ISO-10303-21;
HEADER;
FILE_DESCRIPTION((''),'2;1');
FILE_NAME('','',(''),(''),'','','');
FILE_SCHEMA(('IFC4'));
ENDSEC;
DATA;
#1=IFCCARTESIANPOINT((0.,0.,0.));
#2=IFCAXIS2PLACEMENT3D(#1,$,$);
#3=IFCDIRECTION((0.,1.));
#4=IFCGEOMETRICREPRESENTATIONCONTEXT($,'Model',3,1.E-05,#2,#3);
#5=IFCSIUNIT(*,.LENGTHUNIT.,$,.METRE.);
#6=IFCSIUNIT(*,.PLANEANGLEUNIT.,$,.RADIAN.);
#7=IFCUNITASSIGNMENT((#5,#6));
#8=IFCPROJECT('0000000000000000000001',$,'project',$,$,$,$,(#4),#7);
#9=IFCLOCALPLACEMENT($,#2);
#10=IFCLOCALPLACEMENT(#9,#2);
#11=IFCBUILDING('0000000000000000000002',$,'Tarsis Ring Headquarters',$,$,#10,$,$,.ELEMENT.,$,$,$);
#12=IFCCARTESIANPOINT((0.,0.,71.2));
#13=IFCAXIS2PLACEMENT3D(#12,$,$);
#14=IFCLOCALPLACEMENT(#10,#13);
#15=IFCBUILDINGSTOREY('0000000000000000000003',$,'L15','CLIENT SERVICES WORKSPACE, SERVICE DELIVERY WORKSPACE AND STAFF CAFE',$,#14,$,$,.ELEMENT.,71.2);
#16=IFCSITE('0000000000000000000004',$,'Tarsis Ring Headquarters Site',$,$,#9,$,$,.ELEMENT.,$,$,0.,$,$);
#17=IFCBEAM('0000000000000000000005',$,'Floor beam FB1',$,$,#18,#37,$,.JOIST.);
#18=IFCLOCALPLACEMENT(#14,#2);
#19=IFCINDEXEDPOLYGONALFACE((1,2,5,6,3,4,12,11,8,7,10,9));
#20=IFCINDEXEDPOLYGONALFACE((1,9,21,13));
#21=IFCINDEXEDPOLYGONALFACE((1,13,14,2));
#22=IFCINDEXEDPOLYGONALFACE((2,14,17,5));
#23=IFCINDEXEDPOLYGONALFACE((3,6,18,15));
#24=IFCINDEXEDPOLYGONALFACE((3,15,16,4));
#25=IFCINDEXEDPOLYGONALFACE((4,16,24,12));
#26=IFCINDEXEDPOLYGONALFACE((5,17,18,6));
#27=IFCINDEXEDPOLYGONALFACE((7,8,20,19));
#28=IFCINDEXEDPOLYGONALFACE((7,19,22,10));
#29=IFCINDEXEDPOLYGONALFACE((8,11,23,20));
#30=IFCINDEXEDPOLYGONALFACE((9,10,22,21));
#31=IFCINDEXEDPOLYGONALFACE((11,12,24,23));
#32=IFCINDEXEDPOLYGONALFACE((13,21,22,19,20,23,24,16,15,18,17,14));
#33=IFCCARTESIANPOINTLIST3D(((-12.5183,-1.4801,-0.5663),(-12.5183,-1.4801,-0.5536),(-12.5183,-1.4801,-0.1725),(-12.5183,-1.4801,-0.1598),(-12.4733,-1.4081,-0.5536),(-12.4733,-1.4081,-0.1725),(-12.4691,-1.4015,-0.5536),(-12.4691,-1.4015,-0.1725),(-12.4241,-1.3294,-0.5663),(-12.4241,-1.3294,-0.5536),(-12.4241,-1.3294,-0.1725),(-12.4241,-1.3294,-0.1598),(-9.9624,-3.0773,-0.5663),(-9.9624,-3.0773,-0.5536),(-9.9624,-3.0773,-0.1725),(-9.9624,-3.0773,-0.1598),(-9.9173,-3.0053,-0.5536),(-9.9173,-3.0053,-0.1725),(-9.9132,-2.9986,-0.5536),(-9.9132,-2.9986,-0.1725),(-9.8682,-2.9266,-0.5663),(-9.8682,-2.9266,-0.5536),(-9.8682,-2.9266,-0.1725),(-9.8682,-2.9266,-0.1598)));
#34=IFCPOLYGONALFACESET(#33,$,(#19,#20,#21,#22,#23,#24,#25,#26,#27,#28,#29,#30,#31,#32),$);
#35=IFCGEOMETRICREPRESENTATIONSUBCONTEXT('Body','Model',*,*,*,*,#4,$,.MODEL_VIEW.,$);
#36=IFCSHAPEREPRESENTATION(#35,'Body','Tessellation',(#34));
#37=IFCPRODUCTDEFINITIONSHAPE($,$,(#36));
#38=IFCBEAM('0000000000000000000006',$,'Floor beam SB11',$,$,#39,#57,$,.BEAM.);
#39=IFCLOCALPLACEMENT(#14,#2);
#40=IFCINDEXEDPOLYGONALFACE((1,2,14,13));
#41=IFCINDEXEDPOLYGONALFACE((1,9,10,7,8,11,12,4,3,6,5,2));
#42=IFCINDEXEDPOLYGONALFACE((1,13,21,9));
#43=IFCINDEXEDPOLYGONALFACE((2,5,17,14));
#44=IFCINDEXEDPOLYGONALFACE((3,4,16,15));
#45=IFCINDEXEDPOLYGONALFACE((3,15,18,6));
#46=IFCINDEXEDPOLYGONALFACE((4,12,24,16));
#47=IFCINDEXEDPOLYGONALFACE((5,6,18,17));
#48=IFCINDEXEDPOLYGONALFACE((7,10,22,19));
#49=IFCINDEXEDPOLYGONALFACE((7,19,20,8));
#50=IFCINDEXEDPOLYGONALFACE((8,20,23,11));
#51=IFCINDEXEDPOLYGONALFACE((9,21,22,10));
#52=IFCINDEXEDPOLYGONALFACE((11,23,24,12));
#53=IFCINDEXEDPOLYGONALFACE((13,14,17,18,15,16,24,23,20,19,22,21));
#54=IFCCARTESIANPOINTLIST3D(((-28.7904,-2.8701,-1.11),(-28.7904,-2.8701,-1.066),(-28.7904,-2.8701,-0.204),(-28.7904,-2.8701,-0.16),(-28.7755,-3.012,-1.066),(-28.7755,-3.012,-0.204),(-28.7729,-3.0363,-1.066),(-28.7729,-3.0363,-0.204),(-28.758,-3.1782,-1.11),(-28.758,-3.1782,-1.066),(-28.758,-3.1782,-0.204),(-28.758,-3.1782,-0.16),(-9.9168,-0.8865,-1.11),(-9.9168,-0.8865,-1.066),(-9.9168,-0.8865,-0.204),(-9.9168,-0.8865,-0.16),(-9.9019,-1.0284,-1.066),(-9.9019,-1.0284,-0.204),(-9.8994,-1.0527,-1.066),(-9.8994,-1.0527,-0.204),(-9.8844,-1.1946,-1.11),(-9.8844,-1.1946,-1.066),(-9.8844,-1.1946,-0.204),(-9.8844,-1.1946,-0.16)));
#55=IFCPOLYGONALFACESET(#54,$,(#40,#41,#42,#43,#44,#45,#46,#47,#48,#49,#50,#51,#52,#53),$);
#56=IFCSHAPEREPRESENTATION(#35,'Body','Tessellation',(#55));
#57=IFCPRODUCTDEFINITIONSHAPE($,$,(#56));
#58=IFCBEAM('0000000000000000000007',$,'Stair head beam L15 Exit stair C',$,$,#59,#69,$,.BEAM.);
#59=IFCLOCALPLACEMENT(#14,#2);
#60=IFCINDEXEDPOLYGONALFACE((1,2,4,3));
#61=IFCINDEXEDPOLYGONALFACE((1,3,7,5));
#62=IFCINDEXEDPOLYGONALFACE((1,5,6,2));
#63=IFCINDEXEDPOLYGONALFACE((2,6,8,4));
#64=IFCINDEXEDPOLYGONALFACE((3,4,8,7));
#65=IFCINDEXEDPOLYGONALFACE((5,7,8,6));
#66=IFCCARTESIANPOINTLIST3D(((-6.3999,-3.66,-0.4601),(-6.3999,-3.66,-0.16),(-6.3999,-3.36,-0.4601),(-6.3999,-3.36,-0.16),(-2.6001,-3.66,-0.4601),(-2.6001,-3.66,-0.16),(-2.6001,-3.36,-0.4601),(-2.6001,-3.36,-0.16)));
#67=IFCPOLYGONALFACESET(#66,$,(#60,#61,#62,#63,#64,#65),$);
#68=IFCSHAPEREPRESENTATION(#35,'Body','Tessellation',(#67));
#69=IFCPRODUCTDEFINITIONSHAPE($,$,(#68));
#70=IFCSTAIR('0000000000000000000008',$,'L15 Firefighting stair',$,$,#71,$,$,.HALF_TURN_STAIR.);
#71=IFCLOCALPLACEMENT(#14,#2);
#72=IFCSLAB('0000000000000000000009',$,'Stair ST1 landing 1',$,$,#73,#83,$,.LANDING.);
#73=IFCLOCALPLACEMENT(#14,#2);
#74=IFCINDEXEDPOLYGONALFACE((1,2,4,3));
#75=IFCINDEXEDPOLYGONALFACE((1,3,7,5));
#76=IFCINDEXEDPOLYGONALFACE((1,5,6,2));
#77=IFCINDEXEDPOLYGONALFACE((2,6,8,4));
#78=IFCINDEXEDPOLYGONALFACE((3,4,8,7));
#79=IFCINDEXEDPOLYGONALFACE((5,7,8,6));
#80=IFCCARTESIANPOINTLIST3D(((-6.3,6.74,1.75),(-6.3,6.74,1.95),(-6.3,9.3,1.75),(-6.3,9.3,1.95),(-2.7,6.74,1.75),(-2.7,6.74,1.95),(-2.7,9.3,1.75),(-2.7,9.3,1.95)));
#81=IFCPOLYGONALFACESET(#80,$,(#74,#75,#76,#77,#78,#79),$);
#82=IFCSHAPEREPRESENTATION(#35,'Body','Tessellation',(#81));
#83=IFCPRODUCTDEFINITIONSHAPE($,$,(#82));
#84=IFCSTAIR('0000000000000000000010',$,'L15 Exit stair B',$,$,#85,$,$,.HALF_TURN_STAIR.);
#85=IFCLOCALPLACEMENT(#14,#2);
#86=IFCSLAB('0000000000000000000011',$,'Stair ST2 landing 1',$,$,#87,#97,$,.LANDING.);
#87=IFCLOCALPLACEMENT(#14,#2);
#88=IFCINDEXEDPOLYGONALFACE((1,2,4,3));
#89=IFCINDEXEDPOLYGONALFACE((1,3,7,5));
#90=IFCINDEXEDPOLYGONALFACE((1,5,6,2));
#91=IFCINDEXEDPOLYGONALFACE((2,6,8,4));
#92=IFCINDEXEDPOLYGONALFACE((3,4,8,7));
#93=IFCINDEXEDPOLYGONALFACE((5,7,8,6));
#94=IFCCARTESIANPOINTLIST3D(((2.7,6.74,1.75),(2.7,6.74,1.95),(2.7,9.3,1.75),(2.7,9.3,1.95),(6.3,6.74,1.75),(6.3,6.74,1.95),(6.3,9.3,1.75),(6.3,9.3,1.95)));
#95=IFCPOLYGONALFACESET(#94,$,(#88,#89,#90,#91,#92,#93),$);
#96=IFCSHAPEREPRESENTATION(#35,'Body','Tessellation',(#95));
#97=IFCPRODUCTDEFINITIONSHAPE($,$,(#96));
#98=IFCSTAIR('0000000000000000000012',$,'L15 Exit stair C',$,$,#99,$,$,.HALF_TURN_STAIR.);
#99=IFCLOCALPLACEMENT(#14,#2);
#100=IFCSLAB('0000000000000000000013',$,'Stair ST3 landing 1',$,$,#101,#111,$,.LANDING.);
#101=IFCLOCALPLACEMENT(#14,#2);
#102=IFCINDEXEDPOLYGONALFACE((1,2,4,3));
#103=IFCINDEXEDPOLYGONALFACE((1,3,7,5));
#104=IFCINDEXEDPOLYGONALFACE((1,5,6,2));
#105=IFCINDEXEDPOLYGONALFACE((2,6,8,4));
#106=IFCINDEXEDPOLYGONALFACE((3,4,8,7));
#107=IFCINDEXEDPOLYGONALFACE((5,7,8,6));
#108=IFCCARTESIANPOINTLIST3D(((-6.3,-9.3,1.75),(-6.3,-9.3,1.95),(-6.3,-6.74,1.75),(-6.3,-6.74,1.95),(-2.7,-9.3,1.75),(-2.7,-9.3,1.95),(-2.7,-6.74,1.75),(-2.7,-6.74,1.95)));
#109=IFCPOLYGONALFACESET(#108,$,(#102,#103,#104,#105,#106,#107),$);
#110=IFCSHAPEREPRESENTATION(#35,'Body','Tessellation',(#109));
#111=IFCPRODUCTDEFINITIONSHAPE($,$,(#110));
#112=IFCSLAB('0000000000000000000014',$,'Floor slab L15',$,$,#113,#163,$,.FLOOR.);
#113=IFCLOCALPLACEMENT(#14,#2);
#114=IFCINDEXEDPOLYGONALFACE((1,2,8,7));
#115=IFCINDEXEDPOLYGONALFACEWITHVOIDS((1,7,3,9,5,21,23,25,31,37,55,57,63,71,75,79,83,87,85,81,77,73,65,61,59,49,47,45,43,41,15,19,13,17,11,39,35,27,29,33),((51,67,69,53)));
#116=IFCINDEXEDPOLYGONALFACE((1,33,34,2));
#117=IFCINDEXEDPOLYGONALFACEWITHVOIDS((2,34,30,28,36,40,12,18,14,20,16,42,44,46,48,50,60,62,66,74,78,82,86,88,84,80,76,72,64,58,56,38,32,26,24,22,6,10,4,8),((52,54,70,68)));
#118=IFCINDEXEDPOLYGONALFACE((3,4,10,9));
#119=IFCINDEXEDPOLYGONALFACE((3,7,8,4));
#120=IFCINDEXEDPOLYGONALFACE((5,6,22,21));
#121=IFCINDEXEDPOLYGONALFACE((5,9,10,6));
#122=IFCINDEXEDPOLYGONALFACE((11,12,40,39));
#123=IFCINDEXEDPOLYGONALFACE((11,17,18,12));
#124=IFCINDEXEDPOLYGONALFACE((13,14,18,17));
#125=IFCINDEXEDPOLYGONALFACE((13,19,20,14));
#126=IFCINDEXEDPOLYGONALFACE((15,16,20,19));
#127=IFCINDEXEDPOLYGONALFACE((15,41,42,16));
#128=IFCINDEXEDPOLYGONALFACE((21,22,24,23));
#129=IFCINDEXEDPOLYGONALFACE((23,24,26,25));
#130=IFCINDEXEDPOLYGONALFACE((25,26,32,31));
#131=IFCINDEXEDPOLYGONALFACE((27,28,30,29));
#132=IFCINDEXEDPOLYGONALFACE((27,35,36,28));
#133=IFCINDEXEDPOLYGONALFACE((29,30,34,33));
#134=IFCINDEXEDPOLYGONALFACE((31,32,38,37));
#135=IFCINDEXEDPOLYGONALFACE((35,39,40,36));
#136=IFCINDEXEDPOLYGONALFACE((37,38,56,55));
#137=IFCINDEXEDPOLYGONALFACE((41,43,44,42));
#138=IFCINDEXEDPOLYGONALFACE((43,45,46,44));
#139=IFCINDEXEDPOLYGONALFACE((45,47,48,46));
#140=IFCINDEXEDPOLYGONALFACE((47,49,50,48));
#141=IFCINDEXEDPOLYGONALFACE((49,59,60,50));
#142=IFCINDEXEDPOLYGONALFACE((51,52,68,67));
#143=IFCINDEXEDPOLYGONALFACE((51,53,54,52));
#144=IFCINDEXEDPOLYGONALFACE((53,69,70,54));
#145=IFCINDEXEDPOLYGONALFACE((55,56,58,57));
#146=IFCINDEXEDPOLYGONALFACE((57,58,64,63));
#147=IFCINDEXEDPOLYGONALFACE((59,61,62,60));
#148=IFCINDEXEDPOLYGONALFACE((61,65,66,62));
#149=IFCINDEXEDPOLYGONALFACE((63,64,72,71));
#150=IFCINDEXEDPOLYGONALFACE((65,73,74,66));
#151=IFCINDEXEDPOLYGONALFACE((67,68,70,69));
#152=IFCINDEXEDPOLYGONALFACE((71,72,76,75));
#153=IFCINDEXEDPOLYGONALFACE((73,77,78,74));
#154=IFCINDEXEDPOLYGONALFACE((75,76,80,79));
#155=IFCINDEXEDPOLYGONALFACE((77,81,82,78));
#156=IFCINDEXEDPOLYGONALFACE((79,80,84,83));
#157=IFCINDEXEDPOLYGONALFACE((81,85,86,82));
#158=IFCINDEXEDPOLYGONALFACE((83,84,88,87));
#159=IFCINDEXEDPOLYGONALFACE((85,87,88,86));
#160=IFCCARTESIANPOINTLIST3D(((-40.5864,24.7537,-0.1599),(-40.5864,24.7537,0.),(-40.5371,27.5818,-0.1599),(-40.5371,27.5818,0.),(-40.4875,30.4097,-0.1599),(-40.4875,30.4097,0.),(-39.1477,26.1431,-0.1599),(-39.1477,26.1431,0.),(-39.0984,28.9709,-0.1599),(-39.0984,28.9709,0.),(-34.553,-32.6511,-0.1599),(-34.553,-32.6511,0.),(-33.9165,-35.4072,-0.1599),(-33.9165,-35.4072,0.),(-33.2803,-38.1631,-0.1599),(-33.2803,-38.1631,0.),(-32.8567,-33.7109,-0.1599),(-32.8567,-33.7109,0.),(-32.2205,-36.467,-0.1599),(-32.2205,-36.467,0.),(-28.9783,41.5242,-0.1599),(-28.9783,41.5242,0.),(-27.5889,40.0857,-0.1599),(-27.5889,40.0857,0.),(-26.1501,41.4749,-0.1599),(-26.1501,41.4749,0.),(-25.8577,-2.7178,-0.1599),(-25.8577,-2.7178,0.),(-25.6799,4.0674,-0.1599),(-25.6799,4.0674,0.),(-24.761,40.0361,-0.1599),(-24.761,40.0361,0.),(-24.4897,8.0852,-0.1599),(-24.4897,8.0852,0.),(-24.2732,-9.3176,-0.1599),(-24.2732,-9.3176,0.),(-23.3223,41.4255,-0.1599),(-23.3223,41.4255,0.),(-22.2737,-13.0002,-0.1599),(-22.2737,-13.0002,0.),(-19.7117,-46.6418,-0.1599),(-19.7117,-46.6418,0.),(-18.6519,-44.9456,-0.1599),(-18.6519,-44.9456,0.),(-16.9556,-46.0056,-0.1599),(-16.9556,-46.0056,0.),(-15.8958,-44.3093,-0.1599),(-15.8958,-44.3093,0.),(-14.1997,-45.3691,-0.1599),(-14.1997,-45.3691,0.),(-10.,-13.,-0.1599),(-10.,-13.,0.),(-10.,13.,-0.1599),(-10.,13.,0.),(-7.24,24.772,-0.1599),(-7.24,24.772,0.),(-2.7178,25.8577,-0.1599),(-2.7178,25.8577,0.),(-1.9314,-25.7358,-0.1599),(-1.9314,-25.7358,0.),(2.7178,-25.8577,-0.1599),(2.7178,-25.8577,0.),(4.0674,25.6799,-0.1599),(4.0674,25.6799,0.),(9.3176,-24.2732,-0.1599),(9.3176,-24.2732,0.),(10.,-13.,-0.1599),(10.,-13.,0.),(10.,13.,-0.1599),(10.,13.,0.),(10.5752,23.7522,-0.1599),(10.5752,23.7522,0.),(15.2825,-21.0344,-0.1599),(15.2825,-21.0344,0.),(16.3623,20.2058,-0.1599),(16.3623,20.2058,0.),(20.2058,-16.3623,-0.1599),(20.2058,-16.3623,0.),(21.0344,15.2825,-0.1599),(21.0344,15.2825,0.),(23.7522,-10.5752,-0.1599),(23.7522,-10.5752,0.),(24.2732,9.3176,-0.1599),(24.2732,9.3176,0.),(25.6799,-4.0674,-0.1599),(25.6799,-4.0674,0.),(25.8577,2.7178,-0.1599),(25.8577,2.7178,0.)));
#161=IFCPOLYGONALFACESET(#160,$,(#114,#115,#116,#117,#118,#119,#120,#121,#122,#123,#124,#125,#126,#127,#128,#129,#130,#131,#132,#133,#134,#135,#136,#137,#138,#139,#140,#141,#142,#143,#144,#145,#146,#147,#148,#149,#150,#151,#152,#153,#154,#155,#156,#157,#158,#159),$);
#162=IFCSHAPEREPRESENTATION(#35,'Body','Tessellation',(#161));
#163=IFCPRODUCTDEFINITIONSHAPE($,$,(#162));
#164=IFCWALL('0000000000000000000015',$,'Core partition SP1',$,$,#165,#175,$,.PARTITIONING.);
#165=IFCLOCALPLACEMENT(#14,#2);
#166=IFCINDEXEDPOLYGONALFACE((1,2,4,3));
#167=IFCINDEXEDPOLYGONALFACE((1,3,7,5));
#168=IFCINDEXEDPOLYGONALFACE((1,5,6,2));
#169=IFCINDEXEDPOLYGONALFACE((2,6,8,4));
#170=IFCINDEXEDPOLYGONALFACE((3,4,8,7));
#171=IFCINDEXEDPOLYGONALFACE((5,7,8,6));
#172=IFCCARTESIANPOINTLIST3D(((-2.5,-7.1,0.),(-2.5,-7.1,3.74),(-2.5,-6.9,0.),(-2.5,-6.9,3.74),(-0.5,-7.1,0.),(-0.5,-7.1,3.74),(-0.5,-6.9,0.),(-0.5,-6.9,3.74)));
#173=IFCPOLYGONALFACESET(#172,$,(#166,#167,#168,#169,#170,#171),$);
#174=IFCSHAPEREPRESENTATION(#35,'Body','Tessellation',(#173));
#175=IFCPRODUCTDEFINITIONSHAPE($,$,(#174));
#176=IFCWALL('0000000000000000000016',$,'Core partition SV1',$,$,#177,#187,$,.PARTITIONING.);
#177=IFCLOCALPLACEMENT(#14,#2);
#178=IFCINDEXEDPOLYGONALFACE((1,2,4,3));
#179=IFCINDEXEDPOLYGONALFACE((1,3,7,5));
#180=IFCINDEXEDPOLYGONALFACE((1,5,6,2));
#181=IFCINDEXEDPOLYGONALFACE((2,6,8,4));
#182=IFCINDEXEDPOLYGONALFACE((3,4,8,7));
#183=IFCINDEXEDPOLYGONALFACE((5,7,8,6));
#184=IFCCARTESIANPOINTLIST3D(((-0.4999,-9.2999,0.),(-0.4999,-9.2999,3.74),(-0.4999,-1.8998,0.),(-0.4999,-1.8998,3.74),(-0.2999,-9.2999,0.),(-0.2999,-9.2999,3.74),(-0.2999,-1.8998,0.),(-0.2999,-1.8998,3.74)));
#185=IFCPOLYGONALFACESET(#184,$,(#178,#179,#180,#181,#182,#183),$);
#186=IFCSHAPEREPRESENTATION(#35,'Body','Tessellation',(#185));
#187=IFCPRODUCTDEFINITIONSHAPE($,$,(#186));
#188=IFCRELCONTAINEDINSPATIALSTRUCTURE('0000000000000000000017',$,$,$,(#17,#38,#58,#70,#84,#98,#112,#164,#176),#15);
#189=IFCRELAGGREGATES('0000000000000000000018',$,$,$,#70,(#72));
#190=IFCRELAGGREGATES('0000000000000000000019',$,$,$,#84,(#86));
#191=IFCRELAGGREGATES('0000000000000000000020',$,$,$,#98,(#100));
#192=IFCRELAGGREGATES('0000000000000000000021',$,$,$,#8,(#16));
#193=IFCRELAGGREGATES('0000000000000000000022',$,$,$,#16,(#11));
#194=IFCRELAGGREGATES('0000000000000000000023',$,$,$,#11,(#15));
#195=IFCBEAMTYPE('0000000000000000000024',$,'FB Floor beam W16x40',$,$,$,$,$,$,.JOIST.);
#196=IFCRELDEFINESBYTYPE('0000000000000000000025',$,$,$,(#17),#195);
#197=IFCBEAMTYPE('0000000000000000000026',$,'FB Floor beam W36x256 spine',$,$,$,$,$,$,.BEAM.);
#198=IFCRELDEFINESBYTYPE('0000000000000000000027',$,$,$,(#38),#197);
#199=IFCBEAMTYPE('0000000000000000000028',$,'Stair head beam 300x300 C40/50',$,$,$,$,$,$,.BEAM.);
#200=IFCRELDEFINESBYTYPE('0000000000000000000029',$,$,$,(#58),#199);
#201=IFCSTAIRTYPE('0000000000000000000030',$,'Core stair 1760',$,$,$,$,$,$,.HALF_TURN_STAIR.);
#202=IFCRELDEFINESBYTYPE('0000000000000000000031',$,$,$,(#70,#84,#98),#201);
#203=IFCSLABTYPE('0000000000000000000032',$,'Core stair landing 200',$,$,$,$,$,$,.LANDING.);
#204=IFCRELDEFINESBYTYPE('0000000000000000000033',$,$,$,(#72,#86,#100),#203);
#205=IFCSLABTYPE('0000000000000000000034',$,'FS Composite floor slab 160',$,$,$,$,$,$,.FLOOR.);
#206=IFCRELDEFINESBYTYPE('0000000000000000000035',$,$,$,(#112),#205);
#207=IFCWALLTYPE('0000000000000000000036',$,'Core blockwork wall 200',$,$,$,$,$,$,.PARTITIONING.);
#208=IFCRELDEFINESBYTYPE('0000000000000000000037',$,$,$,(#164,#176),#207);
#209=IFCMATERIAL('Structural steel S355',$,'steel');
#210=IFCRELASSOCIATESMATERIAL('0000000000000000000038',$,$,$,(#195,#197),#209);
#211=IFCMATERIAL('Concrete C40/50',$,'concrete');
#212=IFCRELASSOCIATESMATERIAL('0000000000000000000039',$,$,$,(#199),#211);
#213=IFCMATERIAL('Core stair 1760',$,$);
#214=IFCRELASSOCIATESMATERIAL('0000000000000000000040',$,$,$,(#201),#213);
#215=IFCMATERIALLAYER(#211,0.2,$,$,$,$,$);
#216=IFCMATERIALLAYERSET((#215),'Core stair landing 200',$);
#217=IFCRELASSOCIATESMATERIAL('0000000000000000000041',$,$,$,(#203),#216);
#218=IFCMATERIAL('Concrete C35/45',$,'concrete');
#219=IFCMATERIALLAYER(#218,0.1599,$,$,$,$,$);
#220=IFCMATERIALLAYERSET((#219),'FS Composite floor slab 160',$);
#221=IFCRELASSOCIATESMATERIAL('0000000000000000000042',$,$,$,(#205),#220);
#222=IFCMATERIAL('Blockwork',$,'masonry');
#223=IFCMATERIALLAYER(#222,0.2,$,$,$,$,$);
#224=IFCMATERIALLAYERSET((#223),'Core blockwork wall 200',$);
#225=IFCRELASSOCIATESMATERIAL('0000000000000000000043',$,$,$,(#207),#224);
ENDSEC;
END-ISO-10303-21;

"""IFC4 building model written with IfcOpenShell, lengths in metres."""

from ifc_helpers import new_model, si_unit, direction, frame, frame_2d, origin, origin_2d, place, context, subcontext, project, spatial, polyline, rectangle, i_section, outline, extrude, material, layer, layer_set, material_profile, profile_set, type_object, element, aggregate, save


model = new_model("IFC4")

# Units and contexts
model_context = context("Model", 3, precision=1e-05, world=origin(), true_north=direction((0.0, 1.0)))
body_context = subcontext(model_context, "Body", "Model", "MODEL_VIEW")
ifc_project = project(units=[si_unit("LENGTHUNIT", "METRE"), si_unit("PLANEANGLEUNIT", "RADIAN")], contexts=[model_context])

# Site, building, storey
site_placement = place(None, origin())
site = spatial("IfcSite", under=ifc_project, at=site_placement, Name="Tarsis Ring Headquarters Site", CompositionType="ELEMENT", RefElevation=0.0)
building_placement = place(site_placement, origin())
building = spatial("IfcBuilding", under=site, at=building_placement, Name="Tarsis Ring Headquarters", CompositionType="ELEMENT")
storey_placement = place(building_placement, frame((0.0, 0.0, 71.2)))
storey = spatial("IfcBuildingStorey", under=building, at=storey_placement, Name="L15", Description="CLIENT SERVICES WORKSPACE, SERVICE DELIVERY WORKSPACE AND STAFF CAFE", CompositionType="ELEMENT", Elevation=71.2)

# Beams
ifc_material_1 = material(Name="Structural steel S355", Category="steel")
ifc_material_profile_1 = material_profile(ifc_material_1, i_section(OverallWidth=0.1777, OverallDepth=0.4065, WebThickness=0.0078, FlangeThickness=0.0127, at=origin_2d()), Name="W16x40")
ifc_profile_set_1 = profile_set([ifc_material_profile_1], Name="Structural steel S355")
beam_type_1 = type_object("IfcBeamType", Name="FB Floor beam W16x40", PredefinedType="JOIST", material=ifc_profile_set_1)
beam_1_placement = place(storey_placement, frame((-12.4712, -1.4048, -0.363), z_axis=(0.848039, -0.529933, 0.0), x_axis=(0.529933, 0.848039, 0.0)))
element("IfcBeam", 1, at=beam_1_placement, inside=storey, type_object=beam_type_1, Name="Floor beam FB1", PredefinedType="JOIST", context=body_context, shape_type="SweptSolid", body=[
    extrude(i_section(OverallWidth=0.1777, OverallDepth=0.4065, WebThickness=0.0078, FlangeThickness=0.0127, at=origin_2d()), origin(), (0.0, 0.0, 1.0), 3.0139),
])
ifc_material_profile_2 = material_profile(ifc_material_1, i_section(OverallWidth=0.3098, OverallDepth=0.95, WebThickness=0.0244, FlangeThickness=0.0439, at=origin_2d()), Name="W36x256")
ifc_profile_set_2 = profile_set([ifc_material_profile_2], Name="Structural steel S355")
beam_type_2 = type_object("IfcBeamType", Name="FB Floor beam W36x256 spine", PredefinedType="BEAM", material=ifc_profile_set_2)
beam_2_placement = place(storey_placement, frame((-9.9006, -1.0405, -0.635), z_axis=(-0.994522, -0.104526, 0.0), x_axis=(0.104526, -0.994522, 0.0)))
element("IfcBeam", 2, at=beam_2_placement, inside=storey, type_object=beam_type_2, Name="Floor beam SB11", PredefinedType="BEAM", context=body_context, shape_type="SweptSolid", body=[
    extrude(i_section(OverallWidth=0.3098, OverallDepth=0.95, WebThickness=0.0244, FlangeThickness=0.0439, at=origin_2d()), origin(), (0.0, 0.0, 1.0), 18.9775),
])
ifc_material_2 = material(Name="Concrete C40/50", Category="concrete")
ifc_material_profile_3 = material_profile(ifc_material_2, rectangle(XDim=0.3, YDim=0.3, at=origin_2d()), Name="Stair head beam 300x300 C40/50")
ifc_profile_set_3 = profile_set([ifc_material_profile_3], Name="Concrete C40/50")
beam_type_3 = type_object("IfcBeamType", Name="Stair head beam 300x300 C40/50", PredefinedType="BEAM", material=ifc_profile_set_3)
beam_3_placement = place(storey_placement, frame((-6.3999, -3.51, -0.3101), z_axis=(1.0, 0.0, 0.0), x_axis=(0.0, 1.0, 0.0)))
element("IfcBeam", 3, at=beam_3_placement, inside=storey, type_object=beam_type_3, Name="Stair head beam L15 Exit stair C", PredefinedType="BEAM", context=body_context, shape_type="SweptSolid", body=[
    extrude(rectangle(XDim=0.3, YDim=0.3, at=origin_2d()), origin(), (0.0, 0.0, 1.0), 3.7998),
])

# Stairs, slabs
ifc_material_3 = material(Name="Core stair 1760")
stair_type = type_object("IfcStairType", Name="Core stair 1760", PredefinedType="HALF_TURN_STAIR", material=ifc_material_3)
stair_1_placement = place(storey_placement, origin())
stair_1 = element("IfcStair", 4, at=stair_1_placement, inside=storey, type_object=stair_type, Name="L15 Firefighting stair", PredefinedType="HALF_TURN_STAIR")
ifc_layer_1 = layer(ifc_material_2, 0.2)
ifc_layer_set_1 = layer_set([ifc_layer_1], Name="Core stair landing 200")
slab_type_1 = type_object("IfcSlabType", Name="Core stair landing 200", PredefinedType="LANDING", material=ifc_layer_set_1)
slab_1_placement = place(storey_placement, frame((0.0, 0.0, 1.75)))
slab_1 = element("IfcSlab", 5, at=slab_1_placement, type_object=slab_type_1, Name="Stair ST1 landing 1", PredefinedType="LANDING", context=body_context, shape_type="SweptSolid", body=[
    extrude(outline(polyline([(-2.7, 6.74), (-2.7, 9.3), (-6.3, 9.3), (-6.3, 6.74), (-2.7, 6.74)])), origin(), (0.0, 0.0, 1.0), 0.2),
])
aggregate(stair_1, [slab_1])
stair_2_placement = place(storey_placement, origin())
stair_2 = element("IfcStair", 6, at=stair_2_placement, inside=storey, type_object=stair_type, Name="L15 Exit stair B", PredefinedType="HALF_TURN_STAIR")
slab_2_placement = place(storey_placement, frame((0.0, 0.0, 1.75)))
slab_2 = element("IfcSlab", 7, at=slab_2_placement, type_object=slab_type_1, Name="Stair ST2 landing 1", PredefinedType="LANDING", context=body_context, shape_type="SweptSolid", body=[
    extrude(outline(polyline([(6.3, 6.74), (6.3, 9.3), (2.7, 9.3), (2.7, 6.74), (6.3, 6.74)])), origin(), (0.0, 0.0, 1.0), 0.2),
])
aggregate(stair_2, [slab_2])
stair_3_placement = place(storey_placement, origin())
stair_3 = element("IfcStair", 8, at=stair_3_placement, inside=storey, type_object=stair_type, Name="L15 Exit stair C", PredefinedType="HALF_TURN_STAIR")
slab_3_placement = place(storey_placement, frame((0.0, 0.0, 1.75)))
slab_3 = element("IfcSlab", 9, at=slab_3_placement, type_object=slab_type_1, Name="Stair ST3 landing 1", PredefinedType="LANDING", context=body_context, shape_type="SweptSolid", body=[
    extrude(outline(polyline([(-6.3, -6.74), (-6.3, -9.3), (-2.7, -9.3), (-2.7, -6.74), (-6.3, -6.74)])), origin(), (0.0, 0.0, 1.0), 0.2),
])
aggregate(stair_3, [slab_3])

# Slab
ifc_material_4 = material(Name="Concrete C35/45", Category="concrete")
ifc_layer_2 = layer(ifc_material_4, 0.1599)
ifc_layer_set_2 = layer_set([ifc_layer_2], Name="FS Composite floor slab 160")
slab_type_2 = type_object("IfcSlabType", Name="FS Composite floor slab 160", PredefinedType="FLOOR", material=ifc_layer_set_2)
slab_4_placement = place(storey_placement, frame((0.0, 0.0, -0.1599)))
element("IfcSlab", 10, at=slab_4_placement, inside=storey, type_object=slab_type_2, Name="Floor slab L15", PredefinedType="FLOOR", context=body_context, shape_type="SweptSolid", body=[
    extrude(outline(polyline([(-24.4897, 8.0852), (-25.6799, 4.0674), (-25.8577, -2.7178), (-24.2732, -9.3176), (-22.2737, -13.0002), (-34.553, -32.6511), (-32.8567, -33.7109), (-33.9165, -35.4072), (-32.2205, -36.467), (-33.2803, -38.1631), (-19.7117, -46.6418), (-18.6519, -44.9456), (-16.9556, -46.0056), (-15.8958, -44.3093), (-14.1997, -45.3691), (-1.9314, -25.7358), (2.7178, -25.8577), (9.3176, -24.2732), (15.2825, -21.0344), (20.2058, -16.3623), (23.7522, -10.5752), (25.6799, -4.0674), (25.8577, 2.7178), (24.2732, 9.3176), (21.0344, 15.2825), (16.3623, 20.2058), (10.5752, 23.7522), (4.0674, 25.6799), (-2.7178, 25.8577), (-7.24, 24.772), (-23.3223, 41.4255), (-24.761, 40.0361), (-26.1501, 41.4749), (-27.5889, 40.0857), (-28.9783, 41.5242), (-40.4875, 30.4097), (-39.0984, 28.9709), (-40.5371, 27.5818), (-39.1477, 26.1431), (-40.5864, 24.7537), (-24.4897, 8.0852)]), holes=[polyline([(-10.0, -13.0), (-10.0, 13.0), (10.0, 13.0), (10.0, -13.0), (-10.0, -13.0)])]), origin(), (0.0, 0.0, 1.0), 0.1599),
])

# Walls
ifc_material_5 = material(Name="Blockwork", Category="masonry")
ifc_layer_3 = layer(ifc_material_5, 0.2)
ifc_layer_set_3 = layer_set([ifc_layer_3], Name="Core blockwork wall 200")
wall_type_1 = type_object("IfcWallType", Name="Core blockwork wall 200", PredefinedType="PARTITIONING", material=ifc_layer_set_3)
wall_1_placement = place(storey_placement, frame((-2.5, -7.0, 0.0), z_axis=(0.0, 0.0, 1.0), x_axis=(1.0, 0.0, 0.0)))
element("IfcWall", 11, at=wall_1_placement, inside=storey, type_object=wall_type_1, Name="Core partition SP1", PredefinedType="PARTITIONING", context=body_context, shape_type="SweptSolid", body=[
    extrude(rectangle(XDim=2.0, YDim=0.2, at=frame_2d((1.0, 0.0))), origin(), (0.0, 0.0, 1.0), 3.74),
])
wall_2_placement = place(storey_placement, frame((-0.3999, -9.3, 0.0), z_axis=(0.0, 0.0, 1.0), x_axis=(0.0, 1.0, 0.0)))
element("IfcWall", 12, at=wall_2_placement, inside=storey, type_object=wall_type_1, Name="Core partition SV1", PredefinedType="PARTITIONING", context=body_context, shape_type="SweptSolid", body=[
    extrude(rectangle(XDim=7.4001, YDim=0.2, at=frame_2d((3.7002, 0.0))), origin(), (0.0, 0.0, 1.0), 3.74),
])

save(model, "model.ifc")
